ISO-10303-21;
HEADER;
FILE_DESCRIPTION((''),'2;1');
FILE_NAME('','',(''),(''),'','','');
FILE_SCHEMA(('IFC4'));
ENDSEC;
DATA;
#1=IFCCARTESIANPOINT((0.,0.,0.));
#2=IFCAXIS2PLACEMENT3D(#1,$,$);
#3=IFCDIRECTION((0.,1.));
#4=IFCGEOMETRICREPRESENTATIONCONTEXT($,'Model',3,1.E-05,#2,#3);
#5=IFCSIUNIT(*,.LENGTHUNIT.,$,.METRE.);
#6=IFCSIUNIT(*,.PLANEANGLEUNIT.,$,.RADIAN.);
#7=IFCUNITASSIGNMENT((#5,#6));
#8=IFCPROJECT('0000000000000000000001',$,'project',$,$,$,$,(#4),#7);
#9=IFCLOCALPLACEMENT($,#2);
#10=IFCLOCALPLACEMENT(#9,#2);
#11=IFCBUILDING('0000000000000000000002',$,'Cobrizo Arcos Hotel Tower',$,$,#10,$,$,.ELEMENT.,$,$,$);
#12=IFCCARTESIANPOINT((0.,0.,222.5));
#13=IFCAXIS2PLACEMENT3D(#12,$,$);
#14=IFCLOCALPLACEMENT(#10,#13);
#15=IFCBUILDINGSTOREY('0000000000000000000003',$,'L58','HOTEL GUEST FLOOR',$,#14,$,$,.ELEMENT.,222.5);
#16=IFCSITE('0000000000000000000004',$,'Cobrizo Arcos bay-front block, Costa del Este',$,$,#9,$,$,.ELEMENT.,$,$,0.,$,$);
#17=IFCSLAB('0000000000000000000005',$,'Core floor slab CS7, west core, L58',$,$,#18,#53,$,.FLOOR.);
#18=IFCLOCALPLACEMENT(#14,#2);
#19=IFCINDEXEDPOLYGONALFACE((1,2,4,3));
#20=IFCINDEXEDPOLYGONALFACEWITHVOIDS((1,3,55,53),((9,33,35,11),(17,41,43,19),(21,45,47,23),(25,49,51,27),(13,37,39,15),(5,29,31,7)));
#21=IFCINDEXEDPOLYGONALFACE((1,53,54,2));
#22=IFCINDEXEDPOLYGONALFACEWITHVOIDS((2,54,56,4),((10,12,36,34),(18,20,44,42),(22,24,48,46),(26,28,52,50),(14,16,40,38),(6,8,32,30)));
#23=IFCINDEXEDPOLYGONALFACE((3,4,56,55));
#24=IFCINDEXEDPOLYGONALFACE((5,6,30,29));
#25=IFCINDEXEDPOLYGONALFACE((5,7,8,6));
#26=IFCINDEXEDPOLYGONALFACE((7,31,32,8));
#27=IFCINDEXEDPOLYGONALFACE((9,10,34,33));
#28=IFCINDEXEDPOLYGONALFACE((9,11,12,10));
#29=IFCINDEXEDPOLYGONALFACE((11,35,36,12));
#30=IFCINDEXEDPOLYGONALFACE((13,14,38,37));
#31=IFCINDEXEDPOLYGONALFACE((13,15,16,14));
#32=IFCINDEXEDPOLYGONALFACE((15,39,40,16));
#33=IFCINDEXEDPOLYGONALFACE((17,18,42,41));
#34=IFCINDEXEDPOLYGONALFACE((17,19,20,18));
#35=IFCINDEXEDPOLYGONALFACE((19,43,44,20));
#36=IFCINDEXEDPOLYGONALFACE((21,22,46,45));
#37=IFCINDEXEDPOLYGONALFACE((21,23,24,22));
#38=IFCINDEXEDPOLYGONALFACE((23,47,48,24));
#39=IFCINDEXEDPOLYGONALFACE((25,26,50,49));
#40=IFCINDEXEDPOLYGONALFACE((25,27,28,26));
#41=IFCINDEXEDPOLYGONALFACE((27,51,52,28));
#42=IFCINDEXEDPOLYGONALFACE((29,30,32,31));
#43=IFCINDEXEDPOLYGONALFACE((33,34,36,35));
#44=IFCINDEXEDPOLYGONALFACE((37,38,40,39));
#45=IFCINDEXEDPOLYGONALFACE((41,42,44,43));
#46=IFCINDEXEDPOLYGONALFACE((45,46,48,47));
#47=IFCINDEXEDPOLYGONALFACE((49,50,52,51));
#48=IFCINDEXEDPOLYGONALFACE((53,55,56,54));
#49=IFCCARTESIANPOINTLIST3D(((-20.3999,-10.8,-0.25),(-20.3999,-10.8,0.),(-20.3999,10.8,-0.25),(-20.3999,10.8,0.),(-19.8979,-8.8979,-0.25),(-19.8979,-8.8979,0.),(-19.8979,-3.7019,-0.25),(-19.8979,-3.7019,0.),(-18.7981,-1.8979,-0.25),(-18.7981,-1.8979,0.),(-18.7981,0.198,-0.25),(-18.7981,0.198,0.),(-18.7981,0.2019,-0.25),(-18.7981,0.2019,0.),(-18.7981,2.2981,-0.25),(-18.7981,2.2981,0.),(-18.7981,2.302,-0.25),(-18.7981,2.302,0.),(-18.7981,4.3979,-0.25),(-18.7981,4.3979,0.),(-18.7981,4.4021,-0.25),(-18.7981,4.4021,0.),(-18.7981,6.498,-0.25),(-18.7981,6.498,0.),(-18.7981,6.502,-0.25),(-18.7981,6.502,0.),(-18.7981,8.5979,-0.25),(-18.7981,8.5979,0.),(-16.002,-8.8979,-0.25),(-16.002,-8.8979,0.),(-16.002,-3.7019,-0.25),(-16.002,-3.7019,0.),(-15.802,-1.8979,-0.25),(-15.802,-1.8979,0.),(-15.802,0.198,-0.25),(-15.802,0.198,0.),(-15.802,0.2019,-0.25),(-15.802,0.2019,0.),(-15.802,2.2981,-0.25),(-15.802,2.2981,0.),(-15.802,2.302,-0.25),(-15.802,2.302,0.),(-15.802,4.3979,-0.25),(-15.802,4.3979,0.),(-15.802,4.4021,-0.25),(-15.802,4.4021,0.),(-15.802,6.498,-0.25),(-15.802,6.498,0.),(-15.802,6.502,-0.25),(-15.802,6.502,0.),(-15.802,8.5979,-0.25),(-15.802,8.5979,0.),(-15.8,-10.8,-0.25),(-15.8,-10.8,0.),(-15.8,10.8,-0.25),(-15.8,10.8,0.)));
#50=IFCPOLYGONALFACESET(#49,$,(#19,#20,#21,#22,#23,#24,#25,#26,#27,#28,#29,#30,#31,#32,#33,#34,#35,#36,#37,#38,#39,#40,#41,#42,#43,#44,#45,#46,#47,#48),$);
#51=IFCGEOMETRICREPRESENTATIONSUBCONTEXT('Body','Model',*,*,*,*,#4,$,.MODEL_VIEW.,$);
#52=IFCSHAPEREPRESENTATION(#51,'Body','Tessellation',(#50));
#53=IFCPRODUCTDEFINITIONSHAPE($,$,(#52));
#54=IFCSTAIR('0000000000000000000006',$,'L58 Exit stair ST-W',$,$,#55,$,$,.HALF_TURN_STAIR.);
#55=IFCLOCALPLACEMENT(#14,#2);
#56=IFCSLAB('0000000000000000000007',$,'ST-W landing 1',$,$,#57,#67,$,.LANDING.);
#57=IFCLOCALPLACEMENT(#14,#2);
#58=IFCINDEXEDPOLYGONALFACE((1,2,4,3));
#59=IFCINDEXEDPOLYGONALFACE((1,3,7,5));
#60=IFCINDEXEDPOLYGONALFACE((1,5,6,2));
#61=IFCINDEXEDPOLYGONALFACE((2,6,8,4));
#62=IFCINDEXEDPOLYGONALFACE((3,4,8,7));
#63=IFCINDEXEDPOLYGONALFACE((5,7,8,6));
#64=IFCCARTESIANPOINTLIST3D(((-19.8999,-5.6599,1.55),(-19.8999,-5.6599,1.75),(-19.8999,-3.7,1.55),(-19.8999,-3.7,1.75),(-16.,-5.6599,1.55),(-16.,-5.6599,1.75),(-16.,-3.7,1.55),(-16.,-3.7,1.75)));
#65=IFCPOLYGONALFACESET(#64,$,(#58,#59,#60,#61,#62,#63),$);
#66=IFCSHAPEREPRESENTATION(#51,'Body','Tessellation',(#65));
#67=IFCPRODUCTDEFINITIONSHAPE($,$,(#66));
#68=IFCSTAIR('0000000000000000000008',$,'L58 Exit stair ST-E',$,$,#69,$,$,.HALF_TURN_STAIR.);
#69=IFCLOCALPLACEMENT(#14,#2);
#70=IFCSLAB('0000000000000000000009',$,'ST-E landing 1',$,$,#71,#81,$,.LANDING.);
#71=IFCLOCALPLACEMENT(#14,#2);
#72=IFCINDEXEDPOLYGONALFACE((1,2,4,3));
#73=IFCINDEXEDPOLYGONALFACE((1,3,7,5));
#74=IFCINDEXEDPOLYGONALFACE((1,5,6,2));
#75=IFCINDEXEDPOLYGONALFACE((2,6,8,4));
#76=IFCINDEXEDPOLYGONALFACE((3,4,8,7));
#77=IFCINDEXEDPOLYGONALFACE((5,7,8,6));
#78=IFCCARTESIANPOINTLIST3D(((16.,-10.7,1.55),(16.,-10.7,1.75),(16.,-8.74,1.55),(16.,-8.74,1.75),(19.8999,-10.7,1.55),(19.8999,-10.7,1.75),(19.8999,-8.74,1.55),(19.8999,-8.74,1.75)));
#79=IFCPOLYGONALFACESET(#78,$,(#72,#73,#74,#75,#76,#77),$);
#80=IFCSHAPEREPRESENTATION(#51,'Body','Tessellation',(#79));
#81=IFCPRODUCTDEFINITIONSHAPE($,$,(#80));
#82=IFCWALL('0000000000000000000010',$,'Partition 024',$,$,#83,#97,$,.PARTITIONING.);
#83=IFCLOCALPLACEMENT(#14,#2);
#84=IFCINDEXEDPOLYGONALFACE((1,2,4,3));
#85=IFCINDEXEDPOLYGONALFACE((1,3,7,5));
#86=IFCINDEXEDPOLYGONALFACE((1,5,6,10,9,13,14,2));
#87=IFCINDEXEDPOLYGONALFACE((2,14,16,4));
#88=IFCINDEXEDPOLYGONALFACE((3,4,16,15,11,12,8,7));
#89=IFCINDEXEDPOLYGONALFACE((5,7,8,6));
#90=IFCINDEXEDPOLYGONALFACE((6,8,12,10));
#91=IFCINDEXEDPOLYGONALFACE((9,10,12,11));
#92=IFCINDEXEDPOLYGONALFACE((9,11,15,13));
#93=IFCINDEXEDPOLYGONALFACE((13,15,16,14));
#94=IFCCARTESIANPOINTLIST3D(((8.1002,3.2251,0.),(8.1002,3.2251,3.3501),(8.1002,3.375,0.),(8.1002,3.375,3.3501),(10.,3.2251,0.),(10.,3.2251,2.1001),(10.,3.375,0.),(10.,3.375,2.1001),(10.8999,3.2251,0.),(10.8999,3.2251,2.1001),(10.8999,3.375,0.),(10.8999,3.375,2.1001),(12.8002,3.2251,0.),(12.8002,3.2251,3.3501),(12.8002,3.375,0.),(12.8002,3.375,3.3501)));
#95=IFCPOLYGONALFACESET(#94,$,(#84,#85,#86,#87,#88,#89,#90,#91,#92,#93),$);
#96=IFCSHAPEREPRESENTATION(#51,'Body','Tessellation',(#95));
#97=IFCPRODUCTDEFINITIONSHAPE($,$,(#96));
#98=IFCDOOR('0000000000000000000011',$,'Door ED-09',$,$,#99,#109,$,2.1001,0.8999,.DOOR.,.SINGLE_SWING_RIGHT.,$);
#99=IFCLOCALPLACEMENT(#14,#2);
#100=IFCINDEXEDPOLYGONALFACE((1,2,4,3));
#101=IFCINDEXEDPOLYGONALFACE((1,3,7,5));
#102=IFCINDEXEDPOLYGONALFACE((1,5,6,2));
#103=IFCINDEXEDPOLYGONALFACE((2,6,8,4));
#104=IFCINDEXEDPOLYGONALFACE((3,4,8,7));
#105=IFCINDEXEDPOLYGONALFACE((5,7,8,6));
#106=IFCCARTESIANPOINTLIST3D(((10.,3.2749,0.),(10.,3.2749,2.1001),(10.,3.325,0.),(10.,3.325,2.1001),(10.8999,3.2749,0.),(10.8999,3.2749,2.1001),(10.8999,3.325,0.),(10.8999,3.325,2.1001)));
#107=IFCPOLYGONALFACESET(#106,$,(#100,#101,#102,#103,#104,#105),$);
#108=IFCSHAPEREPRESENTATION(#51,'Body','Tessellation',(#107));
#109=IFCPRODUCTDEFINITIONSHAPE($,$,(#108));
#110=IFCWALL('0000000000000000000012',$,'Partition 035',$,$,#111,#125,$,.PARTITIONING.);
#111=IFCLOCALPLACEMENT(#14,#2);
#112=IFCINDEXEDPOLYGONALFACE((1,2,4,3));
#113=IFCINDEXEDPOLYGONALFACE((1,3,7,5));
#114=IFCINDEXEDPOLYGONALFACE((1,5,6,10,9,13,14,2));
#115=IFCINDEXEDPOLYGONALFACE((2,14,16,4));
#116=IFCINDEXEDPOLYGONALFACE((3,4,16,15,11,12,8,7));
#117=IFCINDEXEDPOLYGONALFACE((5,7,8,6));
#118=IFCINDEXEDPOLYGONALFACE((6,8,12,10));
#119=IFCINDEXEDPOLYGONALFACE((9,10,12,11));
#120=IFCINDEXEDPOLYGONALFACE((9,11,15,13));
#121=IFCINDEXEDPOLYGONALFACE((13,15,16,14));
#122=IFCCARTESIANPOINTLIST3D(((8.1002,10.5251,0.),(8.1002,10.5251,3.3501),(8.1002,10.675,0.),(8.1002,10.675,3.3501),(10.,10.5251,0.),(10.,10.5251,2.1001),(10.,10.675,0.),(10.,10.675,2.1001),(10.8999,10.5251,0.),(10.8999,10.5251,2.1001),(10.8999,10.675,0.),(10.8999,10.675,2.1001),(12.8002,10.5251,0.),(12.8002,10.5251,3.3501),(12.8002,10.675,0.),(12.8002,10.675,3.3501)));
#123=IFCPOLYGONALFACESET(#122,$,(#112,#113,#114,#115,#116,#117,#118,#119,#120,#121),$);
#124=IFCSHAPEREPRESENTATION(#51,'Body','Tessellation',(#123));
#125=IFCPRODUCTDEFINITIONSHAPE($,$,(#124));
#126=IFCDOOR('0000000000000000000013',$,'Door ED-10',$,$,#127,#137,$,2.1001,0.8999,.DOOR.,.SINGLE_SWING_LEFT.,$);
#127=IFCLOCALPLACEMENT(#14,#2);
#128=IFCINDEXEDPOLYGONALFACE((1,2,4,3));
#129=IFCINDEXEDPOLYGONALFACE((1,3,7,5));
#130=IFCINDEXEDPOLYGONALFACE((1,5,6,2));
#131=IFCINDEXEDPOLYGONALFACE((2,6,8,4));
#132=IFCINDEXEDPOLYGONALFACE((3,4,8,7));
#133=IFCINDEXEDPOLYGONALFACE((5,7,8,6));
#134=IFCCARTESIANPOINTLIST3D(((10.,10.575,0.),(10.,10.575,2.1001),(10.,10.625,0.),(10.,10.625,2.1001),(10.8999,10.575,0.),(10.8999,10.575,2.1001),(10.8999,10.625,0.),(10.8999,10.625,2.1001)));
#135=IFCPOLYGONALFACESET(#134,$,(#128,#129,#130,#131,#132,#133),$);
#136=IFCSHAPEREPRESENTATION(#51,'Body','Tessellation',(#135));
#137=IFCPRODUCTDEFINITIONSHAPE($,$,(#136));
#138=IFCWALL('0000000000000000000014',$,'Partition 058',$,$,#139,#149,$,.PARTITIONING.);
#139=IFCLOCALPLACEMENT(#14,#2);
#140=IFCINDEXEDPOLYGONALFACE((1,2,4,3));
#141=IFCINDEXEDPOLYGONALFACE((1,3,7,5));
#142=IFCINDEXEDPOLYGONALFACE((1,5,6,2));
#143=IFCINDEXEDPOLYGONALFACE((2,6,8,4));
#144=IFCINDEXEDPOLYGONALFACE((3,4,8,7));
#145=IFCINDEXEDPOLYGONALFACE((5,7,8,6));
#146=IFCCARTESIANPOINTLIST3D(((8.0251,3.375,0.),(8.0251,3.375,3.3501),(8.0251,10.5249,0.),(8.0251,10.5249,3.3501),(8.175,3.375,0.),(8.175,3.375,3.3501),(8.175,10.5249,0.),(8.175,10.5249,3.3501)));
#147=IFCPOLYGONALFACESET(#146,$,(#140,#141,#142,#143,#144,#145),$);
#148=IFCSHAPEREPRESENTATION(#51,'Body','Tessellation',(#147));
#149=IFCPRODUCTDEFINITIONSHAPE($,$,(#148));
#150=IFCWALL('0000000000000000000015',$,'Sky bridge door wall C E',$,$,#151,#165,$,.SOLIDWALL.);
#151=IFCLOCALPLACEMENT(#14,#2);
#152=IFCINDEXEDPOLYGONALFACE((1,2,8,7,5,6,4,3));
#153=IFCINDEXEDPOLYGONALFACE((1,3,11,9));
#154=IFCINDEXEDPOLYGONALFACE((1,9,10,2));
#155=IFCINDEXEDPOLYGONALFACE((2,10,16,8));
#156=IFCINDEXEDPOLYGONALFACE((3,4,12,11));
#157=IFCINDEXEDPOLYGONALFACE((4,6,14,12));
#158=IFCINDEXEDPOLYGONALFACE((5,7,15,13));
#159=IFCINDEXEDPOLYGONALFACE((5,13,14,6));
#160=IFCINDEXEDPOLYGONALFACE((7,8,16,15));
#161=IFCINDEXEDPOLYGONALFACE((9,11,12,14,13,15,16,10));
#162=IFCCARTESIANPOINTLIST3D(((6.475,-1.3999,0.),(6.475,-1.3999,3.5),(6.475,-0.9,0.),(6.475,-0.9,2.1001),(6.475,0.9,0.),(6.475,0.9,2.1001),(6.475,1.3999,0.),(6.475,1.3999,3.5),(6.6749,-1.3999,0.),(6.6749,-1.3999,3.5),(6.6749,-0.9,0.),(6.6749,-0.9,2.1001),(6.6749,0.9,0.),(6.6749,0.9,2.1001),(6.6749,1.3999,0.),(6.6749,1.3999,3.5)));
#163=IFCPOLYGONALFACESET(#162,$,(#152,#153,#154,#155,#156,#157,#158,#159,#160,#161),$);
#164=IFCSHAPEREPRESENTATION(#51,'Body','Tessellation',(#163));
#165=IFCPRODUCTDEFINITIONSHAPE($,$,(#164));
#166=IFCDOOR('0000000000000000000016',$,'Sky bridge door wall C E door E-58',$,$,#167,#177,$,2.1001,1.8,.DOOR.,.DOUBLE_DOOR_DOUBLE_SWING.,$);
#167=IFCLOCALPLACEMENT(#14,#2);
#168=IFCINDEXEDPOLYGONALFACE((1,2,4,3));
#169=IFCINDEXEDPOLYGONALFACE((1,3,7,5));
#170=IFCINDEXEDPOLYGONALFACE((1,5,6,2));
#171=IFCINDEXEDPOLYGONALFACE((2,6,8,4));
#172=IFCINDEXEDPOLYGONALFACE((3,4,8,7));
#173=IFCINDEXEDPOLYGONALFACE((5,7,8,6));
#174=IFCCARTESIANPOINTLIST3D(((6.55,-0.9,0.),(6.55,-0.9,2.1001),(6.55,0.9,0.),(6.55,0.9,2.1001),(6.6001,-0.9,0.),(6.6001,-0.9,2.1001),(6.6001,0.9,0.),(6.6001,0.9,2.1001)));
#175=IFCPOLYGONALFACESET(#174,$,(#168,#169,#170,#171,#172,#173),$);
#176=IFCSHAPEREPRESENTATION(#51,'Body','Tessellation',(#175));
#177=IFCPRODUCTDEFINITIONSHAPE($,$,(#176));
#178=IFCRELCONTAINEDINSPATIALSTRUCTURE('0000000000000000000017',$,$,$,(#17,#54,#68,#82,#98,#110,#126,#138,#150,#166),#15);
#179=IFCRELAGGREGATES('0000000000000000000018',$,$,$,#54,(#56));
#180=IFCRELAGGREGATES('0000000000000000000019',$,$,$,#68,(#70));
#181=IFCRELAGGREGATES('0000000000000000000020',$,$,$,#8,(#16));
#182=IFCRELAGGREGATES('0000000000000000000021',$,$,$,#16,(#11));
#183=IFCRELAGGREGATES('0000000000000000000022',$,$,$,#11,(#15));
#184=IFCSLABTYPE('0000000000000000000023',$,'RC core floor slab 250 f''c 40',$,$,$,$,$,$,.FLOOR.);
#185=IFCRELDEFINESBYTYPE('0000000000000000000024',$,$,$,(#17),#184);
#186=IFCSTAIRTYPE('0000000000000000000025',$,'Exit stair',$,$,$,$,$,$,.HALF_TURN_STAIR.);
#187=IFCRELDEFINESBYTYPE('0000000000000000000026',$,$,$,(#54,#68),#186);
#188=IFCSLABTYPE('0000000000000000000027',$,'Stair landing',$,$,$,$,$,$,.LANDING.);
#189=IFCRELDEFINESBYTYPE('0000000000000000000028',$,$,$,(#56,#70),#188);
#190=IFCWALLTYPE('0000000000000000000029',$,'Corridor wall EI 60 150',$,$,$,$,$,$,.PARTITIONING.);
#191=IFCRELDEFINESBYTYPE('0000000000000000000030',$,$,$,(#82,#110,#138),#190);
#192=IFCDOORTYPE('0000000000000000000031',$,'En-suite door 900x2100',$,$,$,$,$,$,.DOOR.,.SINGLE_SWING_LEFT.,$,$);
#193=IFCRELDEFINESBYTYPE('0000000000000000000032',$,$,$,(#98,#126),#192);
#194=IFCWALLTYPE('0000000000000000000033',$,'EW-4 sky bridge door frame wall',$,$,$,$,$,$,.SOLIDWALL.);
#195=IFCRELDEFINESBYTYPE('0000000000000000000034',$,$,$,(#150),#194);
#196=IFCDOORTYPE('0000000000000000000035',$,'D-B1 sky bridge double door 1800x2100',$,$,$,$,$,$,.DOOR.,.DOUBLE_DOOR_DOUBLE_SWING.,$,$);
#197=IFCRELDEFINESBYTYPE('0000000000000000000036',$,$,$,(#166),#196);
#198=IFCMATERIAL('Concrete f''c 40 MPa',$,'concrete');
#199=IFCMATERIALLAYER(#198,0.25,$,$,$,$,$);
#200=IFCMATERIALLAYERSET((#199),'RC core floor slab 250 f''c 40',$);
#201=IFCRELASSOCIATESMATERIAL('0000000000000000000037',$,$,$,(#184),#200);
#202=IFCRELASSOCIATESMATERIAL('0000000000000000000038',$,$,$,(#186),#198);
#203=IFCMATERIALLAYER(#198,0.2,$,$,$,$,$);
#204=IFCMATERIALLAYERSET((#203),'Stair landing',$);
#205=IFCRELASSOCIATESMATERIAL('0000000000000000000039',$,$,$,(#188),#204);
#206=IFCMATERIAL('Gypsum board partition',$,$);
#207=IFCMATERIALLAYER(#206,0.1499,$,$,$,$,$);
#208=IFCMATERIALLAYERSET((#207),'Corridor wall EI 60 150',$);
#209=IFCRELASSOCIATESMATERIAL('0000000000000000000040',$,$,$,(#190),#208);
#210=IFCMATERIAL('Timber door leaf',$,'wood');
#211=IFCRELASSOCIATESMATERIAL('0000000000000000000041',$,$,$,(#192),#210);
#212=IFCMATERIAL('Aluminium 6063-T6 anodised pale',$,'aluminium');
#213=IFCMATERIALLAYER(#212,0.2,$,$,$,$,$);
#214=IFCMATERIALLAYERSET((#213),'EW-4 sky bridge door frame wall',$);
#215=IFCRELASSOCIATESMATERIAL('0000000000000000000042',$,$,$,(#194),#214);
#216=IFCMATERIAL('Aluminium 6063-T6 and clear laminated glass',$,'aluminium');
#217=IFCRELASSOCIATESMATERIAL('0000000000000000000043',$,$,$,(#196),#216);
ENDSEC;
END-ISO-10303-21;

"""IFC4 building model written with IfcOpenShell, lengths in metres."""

from ifc_helpers import new_model, si_unit, direction, frame, frame_2d, origin, place, context, subcontext, project, spatial, polyline, rectangle, outline, extrude, material, layer, layer_set, type_object, element, fill, aggregate, save


model = new_model("IFC4")

# Units and contexts
model_context = context("Model", 3, precision=1e-05, world=origin(), true_north=direction((0.0, 1.0)))
body_context = subcontext(model_context, "Body", "Model", "MODEL_VIEW")
ifc_project = project(units=[si_unit("LENGTHUNIT", "METRE"), si_unit("PLANEANGLEUNIT", "RADIAN")], contexts=[model_context])

# Site, building, storey
site_placement = place(None, origin())
site = spatial("IfcSite", under=ifc_project, at=site_placement, Name="Cobrizo Arcos bay-front block, Costa del Este", CompositionType="ELEMENT", RefElevation=0.0)
building_placement = place(site_placement, origin())
building = spatial("IfcBuilding", under=site, at=building_placement, Name="Cobrizo Arcos Hotel Tower", CompositionType="ELEMENT")
storey_placement = place(building_placement, frame((0.0, 0.0, 222.5)))
storey = spatial("IfcBuildingStorey", under=building, at=storey_placement, Name="L58", Description="HOTEL GUEST FLOOR", CompositionType="ELEMENT", Elevation=222.5)

# Slab
ifc_material_1 = material(Name="Concrete f'c 40 MPa", Category="concrete")
ifc_layer_1 = layer(ifc_material_1, 0.25)
ifc_layer_set_1 = layer_set([ifc_layer_1], Name="RC core floor slab 250 f'c 40")
slab_type_1 = type_object("IfcSlabType", Name="RC core floor slab 250 f'c 40", PredefinedType="FLOOR", material=ifc_layer_set_1)
slab_1_placement = place(storey_placement, frame((0.0, 0.0, -0.25)))
element("IfcSlab", 1, at=slab_1_placement, inside=storey, type_object=slab_type_1, Name="Core floor slab CS7, west core, L58", PredefinedType="FLOOR", context=body_context, shape_type="SweptSolid", body=[
    extrude(outline(polyline([(-20.3999, 10.8), (-15.8, 10.8), (-15.8, -10.8), (-20.3999, -10.8), (-20.3999, 10.8)]), holes=[polyline([(-19.8979, -3.7019), (-19.8979, -8.8979), (-16.002, -8.8979), (-16.002, -3.7019), (-19.8979, -3.7019)]), polyline([(-18.7981, 0.198), (-18.7981, -1.8979), (-15.802, -1.8979), (-15.802, 0.198), (-18.7981, 0.198)]), polyline([(-18.7981, 2.2981), (-18.7981, 0.2019), (-15.802, 0.2019), (-15.802, 2.2981), (-18.7981, 2.2981)]), polyline([(-18.7981, 4.3979), (-18.7981, 2.302), (-15.802, 2.302), (-15.802, 4.3979), (-18.7981, 4.3979)]), polyline([(-15.802, 6.498), (-18.7981, 6.498), (-18.7981, 4.4021), (-15.802, 4.4021), (-15.802, 6.498)]), polyline([(-15.802, 8.5979), (-18.7981, 8.5979), (-18.7981, 6.502), (-15.802, 6.502), (-15.802, 8.5979)])]), origin(), (0.0, 0.0, 1.0), 0.25),
])

# Stairs, slabs
stair_type = type_object("IfcStairType", Name="Exit stair", PredefinedType="HALF_TURN_STAIR", material=ifc_material_1)
stair_1_placement = place(storey_placement, origin())
stair_1 = element("IfcStair", 2, at=stair_1_placement, inside=storey, type_object=stair_type, Name="L58 Exit stair ST-W", PredefinedType="HALF_TURN_STAIR")
ifc_layer_2 = layer(ifc_material_1, 0.2)
ifc_layer_set_2 = layer_set([ifc_layer_2], Name="Stair landing")
slab_type_2 = type_object("IfcSlabType", Name="Stair landing", PredefinedType="LANDING", material=ifc_layer_set_2)
slab_2_placement = place(storey_placement, frame((0.0, 0.0, 1.55)))
slab_2 = element("IfcSlab", 3, at=slab_2_placement, type_object=slab_type_2, Name="ST-W landing 1", PredefinedType="LANDING", context=body_context, shape_type="SweptSolid", body=[
    extrude(outline(polyline([(-16.0, -5.6599), (-16.0, -3.7), (-19.8999, -3.7), (-19.8999, -5.6599), (-16.0, -5.6599)])), origin(), (0.0, 0.0, 1.0), 0.2),
])
aggregate(stair_1, [slab_2])
stair_2_placement = place(storey_placement, origin())
stair_2 = element("IfcStair", 4, at=stair_2_placement, inside=storey, type_object=stair_type, Name="L58 Exit stair ST-E", PredefinedType="HALF_TURN_STAIR")
slab_3_placement = place(storey_placement, frame((0.0, 0.0, 1.55)))
slab_3 = element("IfcSlab", 5, at=slab_3_placement, type_object=slab_type_2, Name="ST-E landing 1", PredefinedType="LANDING", context=body_context, shape_type="SweptSolid", body=[
    extrude(outline(polyline([(16.0, -8.74), (16.0, -10.7), (19.8999, -10.7), (19.8999, -8.74), (16.0, -8.74)])), origin(), (0.0, 0.0, 1.0), 0.2),
])
aggregate(stair_2, [slab_3])

# Walls, openings, doors
ifc_material_2 = material(Name="Gypsum board partition")
ifc_layer_3 = layer(ifc_material_2, 0.1499)
ifc_layer_set_3 = layer_set([ifc_layer_3], Name="Corridor wall EI 60 150")
wall_type_1 = type_object("IfcWallType", Name="Corridor wall EI 60 150", PredefinedType="PARTITIONING", material=ifc_layer_set_3)
wall_1_placement = place(storey_placement, frame((8.1001, 3.3, 0.0), z_axis=(0.0, 0.0, 1.0), x_axis=(1.0, 0.0, 0.0)))
wall_1 = element("IfcWall", 6, at=wall_1_placement, inside=storey, type_object=wall_type_1, Name="Partition 024", PredefinedType="PARTITIONING", context=body_context, shape_type="SweptSolid", body=[
    extrude(rectangle(XDim=4.7, YDim=0.1499, at=frame_2d((2.3501, 0.0))), origin(), (0.0, 0.0, 1.0), 3.3501),
])
opening_1_placement = place(wall_1_placement, frame((1.8999, 0.0, 0.0)))
opening_1 = element("IfcOpeningElement", 7, at=opening_1_placement, cuts=wall_1, PredefinedType="OPENING", context=body_context, shape_type="SweptSolid", body=[
    extrude(rectangle(XDim=0.8999, YDim=2.1001, at=frame_2d((0.45, 1.05))), frame((0.0, 0.0869, 0.0), z_axis=(0.0, -1.0, 0.0), x_axis=(1.0, 0.0, 0.0)), (0.0, 0.0, 1.0), 0.1738),
])
ifc_material_3 = material(Name="Timber door leaf", Category="wood")
door_type_1 = type_object("IfcDoorType", Name="En-suite door 900x2100", OperationType="SINGLE_SWING_LEFT", PredefinedType="DOOR", material=ifc_material_3)
door_1_placement = place(opening_1_placement, origin())
door_1 = element("IfcDoor", 8, at=door_1_placement, inside=storey, type_object=door_type_1, Name="Door ED-09", OperationType="SINGLE_SWING_RIGHT", OverallHeight=2.1001, OverallWidth=0.8999, PredefinedType="DOOR", context=body_context, shape_type="SweptSolid", body=[
    extrude(rectangle(XDim=0.8999, YDim=2.1001, at=frame_2d((0.45, 1.05))), frame((0.0, 0.0249, 0.0), z_axis=(0.0, -1.0, 0.0), x_axis=(1.0, 0.0, 0.0)), (0.0, 0.0, 1.0), 0.05),
])
fill(opening_1, door_1)
wall_2_placement = place(storey_placement, frame((8.1001, 10.6001, 0.0), z_axis=(0.0, 0.0, 1.0), x_axis=(1.0, 0.0, 0.0)))
wall_2 = element("IfcWall", 9, at=wall_2_placement, inside=storey, type_object=wall_type_1, Name="Partition 035", PredefinedType="PARTITIONING", context=body_context, shape_type="SweptSolid", body=[
    extrude(rectangle(XDim=4.7, YDim=0.1499, at=frame_2d((2.3501, 0.0))), origin(), (0.0, 0.0, 1.0), 3.3501),
])
opening_2_placement = place(wall_2_placement, frame((1.8999, 0.0, 0.0)))
opening_2 = element("IfcOpeningElement", 10, at=opening_2_placement, cuts=wall_2, PredefinedType="OPENING", context=body_context, shape_type="SweptSolid", body=[
    extrude(rectangle(XDim=0.8999, YDim=2.1001, at=frame_2d((0.45, 1.05))), frame((0.0, 0.0869, 0.0), z_axis=(0.0, -1.0, 0.0), x_axis=(1.0, 0.0, 0.0)), (0.0, 0.0, 1.0), 0.1738),
])
door_2_placement = place(opening_2_placement, origin())
door_2 = element("IfcDoor", 11, at=door_2_placement, inside=storey, type_object=door_type_1, Name="Door ED-10", OperationType="SINGLE_SWING_LEFT", OverallHeight=2.1001, OverallWidth=0.8999, PredefinedType="DOOR", context=body_context, shape_type="SweptSolid", body=[
    extrude(rectangle(XDim=0.8999, YDim=2.1001, at=frame_2d((0.45, 1.05))), frame((0.0, 0.0249, 0.0), z_axis=(0.0, -1.0, 0.0), x_axis=(1.0, 0.0, 0.0)), (0.0, 0.0, 1.0), 0.05),
])
fill(opening_2, door_2)

# Wall
wall_3_placement = place(storey_placement, frame((8.1001, 3.375, 0.0), z_axis=(0.0, 0.0, 1.0), x_axis=(0.0, 1.0, 0.0)))
element("IfcWall", 12, at=wall_3_placement, inside=storey, type_object=wall_type_1, Name="Partition 058", PredefinedType="PARTITIONING", context=body_context, shape_type="SweptSolid", body=[
    extrude(rectangle(XDim=7.1499, YDim=0.1499, at=frame_2d((3.575, 0.0))), origin(), (0.0, 0.0, 1.0), 3.3501),
])

# Wall, opening, door
ifc_material_4 = material(Name="Aluminium 6063-T6 anodised pale", Category="aluminium")
ifc_layer_4 = layer(ifc_material_4, 0.2)
ifc_layer_set_4 = layer_set([ifc_layer_4], Name="EW-4 sky bridge door frame wall")
wall_type_2 = type_object("IfcWallType", Name="EW-4 sky bridge door frame wall", PredefinedType="SOLIDWALL", material=ifc_layer_set_4)
wall_4_placement = place(storey_placement, frame((6.575, -1.3999, 0.0), z_axis=(0.0, 0.0, 1.0), x_axis=(0.0, 1.0, 0.0)))
wall_4 = element("IfcWall", 13, at=wall_4_placement, inside=storey, type_object=wall_type_2, Name="Sky bridge door wall C E", PredefinedType="SOLIDWALL", context=body_context, shape_type="SweptSolid", body=[
    extrude(rectangle(XDim=2.7998, YDim=0.2, at=frame_2d((1.3999, 0.0))), origin(), (0.0, 0.0, 1.0), 3.5),
])
opening_3_placement = place(wall_4_placement, frame((0.5, 0.0, 0.0)))
opening_3 = element("IfcOpeningElement", 14, at=opening_3_placement, cuts=wall_4, PredefinedType="OPENING", context=body_context, shape_type="SweptSolid", body=[
    extrude(rectangle(XDim=1.8, YDim=2.1001, at=frame_2d((0.8999, 1.05))), frame((0.0, 0.1121, 0.0), z_axis=(0.0, -1.0, 0.0), x_axis=(1.0, 0.0, 0.0)), (0.0, 0.0, 1.0), 0.2239),
])
ifc_material_5 = material(Name="Aluminium 6063-T6 and clear laminated glass", Category="aluminium")
door_type_2 = type_object("IfcDoorType", Name="D-B1 sky bridge double door 1800x2100", OperationType="DOUBLE_DOOR_DOUBLE_SWING", PredefinedType="DOOR", material=ifc_material_5)
door_3_placement = place(opening_3_placement, origin())
door_3 = element("IfcDoor", 15, at=door_3_placement, inside=storey, type_object=door_type_2, Name="Sky bridge door wall C E door E-58", OperationType="DOUBLE_DOOR_DOUBLE_SWING", OverallHeight=2.1001, OverallWidth=1.8, PredefinedType="DOOR", context=body_context, shape_type="SweptSolid", body=[
    extrude(rectangle(XDim=1.8, YDim=2.1001, at=frame_2d((0.8999, 1.05))), frame((0.0, 0.0249, 0.0), z_axis=(0.0, -1.0, 0.0), x_axis=(1.0, 0.0, 0.0)), (0.0, 0.0, 1.0), 0.05),
])
fill(opening_3, door_3)

save(model, "model.ifc")
